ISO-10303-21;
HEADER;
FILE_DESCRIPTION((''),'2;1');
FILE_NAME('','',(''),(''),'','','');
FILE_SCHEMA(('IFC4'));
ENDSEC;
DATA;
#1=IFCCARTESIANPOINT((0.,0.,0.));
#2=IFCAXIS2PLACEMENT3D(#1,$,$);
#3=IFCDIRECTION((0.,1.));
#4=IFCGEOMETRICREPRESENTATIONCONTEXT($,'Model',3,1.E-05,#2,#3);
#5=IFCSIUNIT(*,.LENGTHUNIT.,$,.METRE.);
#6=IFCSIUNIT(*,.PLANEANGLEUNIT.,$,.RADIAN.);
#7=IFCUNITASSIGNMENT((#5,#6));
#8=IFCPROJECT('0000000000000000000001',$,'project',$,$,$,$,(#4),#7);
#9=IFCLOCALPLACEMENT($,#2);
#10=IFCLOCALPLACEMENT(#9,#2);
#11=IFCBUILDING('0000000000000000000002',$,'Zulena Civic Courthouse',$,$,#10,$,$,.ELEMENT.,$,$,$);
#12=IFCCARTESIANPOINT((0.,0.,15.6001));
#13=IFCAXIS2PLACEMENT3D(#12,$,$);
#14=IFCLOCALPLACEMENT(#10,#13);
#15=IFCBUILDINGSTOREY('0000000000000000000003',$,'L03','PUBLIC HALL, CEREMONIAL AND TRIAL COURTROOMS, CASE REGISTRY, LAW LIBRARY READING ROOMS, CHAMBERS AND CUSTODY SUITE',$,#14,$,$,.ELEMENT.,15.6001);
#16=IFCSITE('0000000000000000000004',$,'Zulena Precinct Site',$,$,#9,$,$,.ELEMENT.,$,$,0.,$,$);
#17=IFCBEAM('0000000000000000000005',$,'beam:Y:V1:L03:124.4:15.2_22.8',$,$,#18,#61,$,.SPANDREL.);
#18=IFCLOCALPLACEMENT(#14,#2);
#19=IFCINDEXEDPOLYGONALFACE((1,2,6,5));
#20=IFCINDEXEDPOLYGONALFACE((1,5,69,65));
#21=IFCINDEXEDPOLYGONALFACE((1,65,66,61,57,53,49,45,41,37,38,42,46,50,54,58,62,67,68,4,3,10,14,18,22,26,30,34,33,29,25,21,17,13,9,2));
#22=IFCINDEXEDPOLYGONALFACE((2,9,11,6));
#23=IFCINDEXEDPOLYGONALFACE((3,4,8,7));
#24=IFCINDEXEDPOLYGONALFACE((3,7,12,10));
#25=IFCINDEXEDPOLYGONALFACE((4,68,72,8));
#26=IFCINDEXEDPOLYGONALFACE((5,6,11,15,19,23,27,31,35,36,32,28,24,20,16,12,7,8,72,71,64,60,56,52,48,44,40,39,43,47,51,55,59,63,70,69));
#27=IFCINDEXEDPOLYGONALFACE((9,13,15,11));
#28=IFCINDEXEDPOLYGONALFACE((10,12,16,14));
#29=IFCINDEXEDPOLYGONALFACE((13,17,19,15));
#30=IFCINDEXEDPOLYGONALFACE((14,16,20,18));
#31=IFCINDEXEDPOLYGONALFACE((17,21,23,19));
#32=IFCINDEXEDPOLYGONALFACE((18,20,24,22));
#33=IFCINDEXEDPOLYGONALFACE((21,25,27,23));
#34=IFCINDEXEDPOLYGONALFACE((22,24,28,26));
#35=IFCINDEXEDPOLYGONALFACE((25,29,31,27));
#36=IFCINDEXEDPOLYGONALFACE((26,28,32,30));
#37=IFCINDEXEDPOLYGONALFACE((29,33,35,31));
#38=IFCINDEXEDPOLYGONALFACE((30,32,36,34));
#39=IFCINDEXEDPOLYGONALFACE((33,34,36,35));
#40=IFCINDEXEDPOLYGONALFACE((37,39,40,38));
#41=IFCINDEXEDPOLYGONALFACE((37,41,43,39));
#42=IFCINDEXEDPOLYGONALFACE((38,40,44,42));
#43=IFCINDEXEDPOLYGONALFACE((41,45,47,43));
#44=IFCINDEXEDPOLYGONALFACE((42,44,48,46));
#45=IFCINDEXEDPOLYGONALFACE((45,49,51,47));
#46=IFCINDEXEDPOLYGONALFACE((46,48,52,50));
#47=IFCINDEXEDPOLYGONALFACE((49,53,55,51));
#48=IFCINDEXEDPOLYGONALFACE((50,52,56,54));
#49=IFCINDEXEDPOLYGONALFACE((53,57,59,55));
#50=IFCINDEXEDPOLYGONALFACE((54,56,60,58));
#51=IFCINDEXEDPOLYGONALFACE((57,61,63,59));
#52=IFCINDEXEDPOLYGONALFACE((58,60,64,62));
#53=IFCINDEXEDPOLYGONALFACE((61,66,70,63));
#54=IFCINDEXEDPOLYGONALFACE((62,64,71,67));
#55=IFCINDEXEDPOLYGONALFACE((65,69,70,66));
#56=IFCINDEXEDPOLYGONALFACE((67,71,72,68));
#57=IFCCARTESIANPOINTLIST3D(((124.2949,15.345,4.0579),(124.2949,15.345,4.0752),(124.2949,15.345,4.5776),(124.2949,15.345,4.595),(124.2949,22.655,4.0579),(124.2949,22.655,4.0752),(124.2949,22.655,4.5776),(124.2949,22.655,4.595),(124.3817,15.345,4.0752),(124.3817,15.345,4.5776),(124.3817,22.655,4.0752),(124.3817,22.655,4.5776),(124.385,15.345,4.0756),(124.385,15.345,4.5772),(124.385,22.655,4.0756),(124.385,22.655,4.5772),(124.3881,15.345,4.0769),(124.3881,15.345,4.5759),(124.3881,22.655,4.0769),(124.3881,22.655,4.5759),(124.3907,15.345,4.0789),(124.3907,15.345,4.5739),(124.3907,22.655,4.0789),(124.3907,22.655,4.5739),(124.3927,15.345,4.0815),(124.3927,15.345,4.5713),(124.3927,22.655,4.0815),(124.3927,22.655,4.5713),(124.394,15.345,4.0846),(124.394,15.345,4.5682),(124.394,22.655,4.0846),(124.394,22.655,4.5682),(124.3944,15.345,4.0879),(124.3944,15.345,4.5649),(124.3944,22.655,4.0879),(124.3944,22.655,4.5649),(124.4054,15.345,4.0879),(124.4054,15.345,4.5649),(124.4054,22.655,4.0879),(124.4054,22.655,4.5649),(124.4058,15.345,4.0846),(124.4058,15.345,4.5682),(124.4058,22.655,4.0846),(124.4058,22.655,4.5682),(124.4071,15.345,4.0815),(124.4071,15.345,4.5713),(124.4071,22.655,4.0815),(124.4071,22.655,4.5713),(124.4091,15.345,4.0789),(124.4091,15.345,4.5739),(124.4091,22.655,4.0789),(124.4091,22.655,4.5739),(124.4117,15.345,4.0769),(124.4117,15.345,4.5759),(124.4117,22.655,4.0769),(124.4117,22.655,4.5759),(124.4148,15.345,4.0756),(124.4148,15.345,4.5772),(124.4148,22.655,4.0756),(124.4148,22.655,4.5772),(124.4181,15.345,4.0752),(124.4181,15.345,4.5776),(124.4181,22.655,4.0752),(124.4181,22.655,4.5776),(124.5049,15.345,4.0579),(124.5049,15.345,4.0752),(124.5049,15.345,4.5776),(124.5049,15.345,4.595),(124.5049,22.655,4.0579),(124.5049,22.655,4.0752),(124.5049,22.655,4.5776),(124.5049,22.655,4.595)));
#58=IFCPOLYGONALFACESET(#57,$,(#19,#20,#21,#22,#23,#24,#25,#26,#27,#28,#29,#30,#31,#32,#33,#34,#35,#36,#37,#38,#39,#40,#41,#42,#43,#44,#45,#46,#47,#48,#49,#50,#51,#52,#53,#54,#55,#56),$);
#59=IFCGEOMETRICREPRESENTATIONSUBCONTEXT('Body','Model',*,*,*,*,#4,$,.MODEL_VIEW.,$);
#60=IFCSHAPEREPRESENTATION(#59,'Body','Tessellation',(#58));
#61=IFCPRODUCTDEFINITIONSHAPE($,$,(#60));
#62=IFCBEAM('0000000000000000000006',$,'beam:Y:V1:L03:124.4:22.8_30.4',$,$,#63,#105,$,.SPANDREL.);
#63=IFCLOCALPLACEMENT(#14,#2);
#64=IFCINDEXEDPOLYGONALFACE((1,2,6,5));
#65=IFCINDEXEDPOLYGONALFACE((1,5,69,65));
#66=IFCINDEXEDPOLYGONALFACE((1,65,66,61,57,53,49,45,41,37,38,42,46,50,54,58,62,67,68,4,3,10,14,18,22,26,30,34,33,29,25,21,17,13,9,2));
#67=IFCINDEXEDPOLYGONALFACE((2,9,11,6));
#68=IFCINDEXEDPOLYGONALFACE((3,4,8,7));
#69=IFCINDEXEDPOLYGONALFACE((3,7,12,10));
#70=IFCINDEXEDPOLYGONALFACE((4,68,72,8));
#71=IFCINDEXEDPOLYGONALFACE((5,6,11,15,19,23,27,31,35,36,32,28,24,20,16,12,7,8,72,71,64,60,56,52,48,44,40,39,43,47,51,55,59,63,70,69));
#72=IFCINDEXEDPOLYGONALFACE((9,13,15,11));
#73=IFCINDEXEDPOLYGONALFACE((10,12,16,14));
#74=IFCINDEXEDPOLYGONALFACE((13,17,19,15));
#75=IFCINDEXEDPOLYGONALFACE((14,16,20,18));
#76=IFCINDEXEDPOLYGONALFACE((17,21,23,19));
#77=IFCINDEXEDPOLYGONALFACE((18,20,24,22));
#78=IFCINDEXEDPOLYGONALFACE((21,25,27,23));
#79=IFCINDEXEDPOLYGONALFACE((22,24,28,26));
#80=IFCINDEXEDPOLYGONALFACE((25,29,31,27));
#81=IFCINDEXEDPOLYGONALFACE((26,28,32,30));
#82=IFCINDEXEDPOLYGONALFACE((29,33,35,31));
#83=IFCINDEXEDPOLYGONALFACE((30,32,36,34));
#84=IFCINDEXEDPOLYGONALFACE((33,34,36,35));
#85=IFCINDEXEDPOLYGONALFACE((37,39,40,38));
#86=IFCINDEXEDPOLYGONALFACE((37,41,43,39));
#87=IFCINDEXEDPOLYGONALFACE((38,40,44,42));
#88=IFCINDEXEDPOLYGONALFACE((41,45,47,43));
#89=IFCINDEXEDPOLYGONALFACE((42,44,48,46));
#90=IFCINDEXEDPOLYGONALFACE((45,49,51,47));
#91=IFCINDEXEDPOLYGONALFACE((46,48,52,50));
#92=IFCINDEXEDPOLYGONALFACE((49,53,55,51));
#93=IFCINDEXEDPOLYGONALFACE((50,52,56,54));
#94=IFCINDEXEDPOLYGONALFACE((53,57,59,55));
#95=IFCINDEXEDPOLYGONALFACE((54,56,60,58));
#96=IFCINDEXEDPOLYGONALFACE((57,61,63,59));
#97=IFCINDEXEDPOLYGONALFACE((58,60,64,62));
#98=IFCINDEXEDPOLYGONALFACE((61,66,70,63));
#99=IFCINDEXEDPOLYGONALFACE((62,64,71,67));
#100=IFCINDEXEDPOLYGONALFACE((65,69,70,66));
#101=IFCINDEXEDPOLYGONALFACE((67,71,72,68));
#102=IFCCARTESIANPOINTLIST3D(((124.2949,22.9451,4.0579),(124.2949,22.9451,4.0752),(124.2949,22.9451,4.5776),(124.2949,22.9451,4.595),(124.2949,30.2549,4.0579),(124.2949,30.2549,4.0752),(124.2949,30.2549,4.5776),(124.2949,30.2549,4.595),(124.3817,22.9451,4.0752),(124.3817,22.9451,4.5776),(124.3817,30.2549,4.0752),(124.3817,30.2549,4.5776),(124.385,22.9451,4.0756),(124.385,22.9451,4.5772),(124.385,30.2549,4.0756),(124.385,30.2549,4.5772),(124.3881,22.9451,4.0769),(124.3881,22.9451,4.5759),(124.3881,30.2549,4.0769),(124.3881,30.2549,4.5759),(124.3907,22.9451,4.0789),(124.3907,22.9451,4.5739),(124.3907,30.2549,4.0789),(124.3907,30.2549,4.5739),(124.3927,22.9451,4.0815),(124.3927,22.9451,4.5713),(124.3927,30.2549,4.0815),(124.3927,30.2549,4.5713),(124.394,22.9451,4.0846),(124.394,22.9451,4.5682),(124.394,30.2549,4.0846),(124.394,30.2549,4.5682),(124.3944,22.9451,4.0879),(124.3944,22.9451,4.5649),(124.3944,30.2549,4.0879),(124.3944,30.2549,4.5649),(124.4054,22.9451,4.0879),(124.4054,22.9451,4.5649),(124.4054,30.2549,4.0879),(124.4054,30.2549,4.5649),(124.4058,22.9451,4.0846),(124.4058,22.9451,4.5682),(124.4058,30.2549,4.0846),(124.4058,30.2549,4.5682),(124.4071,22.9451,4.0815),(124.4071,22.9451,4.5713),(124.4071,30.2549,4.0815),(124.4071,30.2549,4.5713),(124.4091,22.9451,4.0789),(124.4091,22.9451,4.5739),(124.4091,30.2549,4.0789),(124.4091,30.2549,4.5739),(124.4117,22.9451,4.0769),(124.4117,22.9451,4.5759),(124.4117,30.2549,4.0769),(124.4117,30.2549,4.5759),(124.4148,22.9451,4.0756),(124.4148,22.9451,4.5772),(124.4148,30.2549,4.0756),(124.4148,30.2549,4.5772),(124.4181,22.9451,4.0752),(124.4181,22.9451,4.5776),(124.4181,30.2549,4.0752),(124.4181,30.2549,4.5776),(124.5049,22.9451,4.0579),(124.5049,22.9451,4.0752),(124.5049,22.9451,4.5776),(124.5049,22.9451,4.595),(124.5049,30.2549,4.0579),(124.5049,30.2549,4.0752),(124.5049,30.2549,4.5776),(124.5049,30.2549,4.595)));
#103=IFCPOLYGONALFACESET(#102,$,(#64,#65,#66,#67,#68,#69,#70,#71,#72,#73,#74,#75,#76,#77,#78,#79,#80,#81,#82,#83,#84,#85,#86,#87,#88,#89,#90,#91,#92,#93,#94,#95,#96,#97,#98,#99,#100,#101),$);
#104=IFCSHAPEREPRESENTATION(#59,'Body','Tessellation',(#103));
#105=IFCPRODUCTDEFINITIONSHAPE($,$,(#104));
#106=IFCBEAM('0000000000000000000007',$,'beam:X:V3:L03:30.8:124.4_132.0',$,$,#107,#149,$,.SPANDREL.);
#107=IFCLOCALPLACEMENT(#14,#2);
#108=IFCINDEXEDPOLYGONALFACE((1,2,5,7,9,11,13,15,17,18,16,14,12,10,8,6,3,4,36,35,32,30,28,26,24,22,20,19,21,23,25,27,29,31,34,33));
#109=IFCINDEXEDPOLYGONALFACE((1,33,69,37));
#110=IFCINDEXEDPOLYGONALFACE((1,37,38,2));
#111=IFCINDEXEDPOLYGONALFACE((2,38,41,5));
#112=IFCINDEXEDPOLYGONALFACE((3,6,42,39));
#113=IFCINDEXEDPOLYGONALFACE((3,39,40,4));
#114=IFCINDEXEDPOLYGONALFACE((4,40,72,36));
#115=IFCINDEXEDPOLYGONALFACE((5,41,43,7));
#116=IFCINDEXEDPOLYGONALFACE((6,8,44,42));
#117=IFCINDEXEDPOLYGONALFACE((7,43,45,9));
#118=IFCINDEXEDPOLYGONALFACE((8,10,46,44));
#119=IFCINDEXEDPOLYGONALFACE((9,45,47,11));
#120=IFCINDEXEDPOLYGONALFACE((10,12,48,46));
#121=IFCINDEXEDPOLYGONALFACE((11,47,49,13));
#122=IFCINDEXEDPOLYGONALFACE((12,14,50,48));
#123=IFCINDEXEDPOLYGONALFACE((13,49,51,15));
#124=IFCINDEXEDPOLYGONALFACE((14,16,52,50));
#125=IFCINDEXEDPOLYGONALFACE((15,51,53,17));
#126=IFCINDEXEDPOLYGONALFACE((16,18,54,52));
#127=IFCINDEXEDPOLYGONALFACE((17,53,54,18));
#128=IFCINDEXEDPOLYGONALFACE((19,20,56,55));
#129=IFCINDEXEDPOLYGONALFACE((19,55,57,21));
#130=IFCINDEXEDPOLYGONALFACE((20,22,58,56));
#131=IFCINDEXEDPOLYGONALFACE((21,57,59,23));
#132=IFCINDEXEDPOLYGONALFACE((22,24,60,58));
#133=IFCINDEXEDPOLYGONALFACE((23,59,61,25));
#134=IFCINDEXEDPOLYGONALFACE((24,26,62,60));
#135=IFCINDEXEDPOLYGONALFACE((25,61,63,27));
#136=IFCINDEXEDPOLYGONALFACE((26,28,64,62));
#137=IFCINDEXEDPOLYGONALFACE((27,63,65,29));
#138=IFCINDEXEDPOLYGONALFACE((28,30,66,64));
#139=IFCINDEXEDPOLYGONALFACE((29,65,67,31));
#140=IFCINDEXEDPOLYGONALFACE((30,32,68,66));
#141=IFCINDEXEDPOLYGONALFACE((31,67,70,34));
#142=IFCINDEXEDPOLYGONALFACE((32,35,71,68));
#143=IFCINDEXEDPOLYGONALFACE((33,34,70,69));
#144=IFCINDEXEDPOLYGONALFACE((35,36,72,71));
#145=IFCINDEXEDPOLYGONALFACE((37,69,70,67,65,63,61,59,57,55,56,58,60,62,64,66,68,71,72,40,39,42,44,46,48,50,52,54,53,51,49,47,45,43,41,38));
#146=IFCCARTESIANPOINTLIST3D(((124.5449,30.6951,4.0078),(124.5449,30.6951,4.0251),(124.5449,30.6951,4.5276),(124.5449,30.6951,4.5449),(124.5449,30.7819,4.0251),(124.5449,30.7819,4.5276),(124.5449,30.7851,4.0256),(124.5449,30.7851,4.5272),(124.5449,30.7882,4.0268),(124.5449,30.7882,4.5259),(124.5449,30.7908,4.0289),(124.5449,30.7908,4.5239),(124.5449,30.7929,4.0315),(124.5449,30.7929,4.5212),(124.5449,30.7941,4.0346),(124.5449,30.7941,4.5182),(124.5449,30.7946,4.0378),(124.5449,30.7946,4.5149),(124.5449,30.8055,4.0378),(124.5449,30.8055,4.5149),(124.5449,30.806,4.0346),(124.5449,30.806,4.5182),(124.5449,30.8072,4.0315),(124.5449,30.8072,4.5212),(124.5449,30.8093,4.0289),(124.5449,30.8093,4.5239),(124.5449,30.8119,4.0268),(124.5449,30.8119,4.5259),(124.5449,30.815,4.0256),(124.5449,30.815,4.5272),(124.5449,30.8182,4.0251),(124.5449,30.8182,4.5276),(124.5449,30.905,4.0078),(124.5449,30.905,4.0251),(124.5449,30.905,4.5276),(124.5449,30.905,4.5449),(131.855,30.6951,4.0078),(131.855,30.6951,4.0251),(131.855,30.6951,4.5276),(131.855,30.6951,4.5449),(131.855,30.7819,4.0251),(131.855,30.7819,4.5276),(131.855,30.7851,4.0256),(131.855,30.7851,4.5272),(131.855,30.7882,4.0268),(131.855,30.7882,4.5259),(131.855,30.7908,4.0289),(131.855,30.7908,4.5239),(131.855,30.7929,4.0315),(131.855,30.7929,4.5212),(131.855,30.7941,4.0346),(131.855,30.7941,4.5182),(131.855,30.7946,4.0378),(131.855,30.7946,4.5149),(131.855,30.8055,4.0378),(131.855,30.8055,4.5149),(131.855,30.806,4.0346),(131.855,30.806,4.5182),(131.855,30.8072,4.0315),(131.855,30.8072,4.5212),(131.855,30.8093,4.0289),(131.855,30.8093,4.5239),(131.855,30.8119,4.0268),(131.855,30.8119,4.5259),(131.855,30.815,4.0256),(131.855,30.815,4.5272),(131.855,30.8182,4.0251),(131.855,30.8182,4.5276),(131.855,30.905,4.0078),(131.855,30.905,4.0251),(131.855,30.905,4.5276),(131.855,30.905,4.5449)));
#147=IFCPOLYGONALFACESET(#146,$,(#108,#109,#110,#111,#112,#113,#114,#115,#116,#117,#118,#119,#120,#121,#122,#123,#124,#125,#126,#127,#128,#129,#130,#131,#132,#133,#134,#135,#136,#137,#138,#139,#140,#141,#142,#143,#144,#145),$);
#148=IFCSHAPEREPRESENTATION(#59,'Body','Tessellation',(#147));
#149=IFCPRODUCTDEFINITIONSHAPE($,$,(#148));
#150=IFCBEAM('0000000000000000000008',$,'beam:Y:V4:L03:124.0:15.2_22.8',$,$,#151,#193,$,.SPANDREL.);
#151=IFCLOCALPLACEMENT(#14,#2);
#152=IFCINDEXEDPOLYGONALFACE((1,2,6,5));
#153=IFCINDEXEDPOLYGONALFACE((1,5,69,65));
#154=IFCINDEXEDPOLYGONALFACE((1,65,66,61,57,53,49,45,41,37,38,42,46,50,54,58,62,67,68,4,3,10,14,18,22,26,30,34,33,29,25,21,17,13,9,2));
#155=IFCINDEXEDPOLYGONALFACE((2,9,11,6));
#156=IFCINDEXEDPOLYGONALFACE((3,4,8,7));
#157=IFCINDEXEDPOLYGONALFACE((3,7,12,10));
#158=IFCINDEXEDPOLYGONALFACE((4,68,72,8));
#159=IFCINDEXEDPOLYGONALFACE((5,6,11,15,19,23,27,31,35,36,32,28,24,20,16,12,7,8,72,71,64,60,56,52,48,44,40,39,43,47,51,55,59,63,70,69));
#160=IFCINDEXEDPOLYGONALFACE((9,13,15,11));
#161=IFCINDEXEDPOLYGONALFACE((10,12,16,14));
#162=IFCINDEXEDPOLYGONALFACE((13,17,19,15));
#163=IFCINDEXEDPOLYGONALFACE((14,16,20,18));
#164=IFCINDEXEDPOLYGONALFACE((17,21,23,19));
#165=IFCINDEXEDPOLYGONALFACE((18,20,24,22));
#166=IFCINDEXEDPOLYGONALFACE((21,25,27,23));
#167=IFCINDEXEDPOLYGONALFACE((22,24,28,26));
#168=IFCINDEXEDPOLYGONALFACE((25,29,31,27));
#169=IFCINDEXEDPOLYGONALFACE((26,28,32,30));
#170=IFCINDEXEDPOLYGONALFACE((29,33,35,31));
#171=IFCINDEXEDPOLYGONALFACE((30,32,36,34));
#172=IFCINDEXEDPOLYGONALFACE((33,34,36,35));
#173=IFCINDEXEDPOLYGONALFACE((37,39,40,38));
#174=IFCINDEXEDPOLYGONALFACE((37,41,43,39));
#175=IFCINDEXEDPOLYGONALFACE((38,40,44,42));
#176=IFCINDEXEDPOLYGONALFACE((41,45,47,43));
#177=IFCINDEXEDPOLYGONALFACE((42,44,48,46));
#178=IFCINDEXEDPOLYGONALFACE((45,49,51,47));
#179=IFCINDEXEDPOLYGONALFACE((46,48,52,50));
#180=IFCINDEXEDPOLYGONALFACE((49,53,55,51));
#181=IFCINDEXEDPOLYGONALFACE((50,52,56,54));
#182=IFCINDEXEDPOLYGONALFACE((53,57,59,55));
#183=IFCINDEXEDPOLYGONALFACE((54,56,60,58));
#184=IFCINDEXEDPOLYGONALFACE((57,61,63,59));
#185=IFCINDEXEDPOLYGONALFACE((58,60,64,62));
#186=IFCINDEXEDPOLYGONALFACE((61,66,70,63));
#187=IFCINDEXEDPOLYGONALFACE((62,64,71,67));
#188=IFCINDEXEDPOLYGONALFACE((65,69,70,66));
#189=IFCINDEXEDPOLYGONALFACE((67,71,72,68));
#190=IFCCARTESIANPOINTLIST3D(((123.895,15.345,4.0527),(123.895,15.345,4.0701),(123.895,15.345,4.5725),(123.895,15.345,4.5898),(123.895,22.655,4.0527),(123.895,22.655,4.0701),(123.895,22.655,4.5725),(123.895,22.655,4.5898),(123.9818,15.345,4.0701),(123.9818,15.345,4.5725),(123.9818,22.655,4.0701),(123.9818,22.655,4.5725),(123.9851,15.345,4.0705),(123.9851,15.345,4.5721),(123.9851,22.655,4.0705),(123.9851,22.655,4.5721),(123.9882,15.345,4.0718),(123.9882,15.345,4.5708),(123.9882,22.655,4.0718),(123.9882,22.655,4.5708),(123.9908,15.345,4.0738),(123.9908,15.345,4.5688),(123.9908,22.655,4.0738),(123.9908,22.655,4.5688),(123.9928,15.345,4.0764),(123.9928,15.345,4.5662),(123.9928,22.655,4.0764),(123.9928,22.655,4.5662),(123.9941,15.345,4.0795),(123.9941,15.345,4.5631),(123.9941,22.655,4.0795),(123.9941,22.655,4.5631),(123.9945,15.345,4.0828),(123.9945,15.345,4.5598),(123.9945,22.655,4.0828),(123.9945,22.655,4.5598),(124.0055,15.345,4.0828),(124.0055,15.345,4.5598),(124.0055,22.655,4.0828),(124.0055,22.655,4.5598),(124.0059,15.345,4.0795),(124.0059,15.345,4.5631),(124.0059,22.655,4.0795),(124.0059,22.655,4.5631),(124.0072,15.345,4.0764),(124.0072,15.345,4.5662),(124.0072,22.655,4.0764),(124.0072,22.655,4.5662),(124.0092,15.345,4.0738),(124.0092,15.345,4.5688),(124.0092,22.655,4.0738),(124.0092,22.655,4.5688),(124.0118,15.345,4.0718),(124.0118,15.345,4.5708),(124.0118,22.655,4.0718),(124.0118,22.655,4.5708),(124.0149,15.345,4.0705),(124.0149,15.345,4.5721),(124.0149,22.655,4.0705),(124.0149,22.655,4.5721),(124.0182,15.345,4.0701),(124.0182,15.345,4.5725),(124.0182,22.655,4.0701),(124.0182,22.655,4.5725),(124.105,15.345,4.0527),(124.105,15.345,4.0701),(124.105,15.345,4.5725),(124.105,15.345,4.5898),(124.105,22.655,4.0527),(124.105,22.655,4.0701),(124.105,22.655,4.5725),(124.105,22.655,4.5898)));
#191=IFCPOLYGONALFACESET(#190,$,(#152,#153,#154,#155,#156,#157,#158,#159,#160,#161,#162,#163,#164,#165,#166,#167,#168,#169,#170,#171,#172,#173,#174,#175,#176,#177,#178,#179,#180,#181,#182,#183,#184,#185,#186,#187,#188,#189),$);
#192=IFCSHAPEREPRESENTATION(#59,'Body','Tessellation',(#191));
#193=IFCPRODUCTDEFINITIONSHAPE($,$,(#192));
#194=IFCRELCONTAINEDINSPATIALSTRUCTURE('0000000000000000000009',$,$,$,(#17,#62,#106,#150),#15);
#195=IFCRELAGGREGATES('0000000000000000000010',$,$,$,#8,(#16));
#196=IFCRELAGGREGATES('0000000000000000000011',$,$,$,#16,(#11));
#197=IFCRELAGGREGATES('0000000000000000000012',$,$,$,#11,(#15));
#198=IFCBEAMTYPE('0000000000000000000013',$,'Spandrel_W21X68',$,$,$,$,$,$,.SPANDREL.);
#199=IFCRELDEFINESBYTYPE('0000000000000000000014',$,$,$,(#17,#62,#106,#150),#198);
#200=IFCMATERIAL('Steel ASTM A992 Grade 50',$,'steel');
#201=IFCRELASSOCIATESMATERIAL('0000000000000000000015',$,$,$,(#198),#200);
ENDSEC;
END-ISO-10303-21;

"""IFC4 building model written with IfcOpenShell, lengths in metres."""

from ifc_helpers import new_model, si_unit, direction, frame, origin, origin_2d, place, context, subcontext, project, spatial, i_section, extrude, material, material_profile, profile_set, type_object, element, save


model = new_model("IFC4")

# Units and contexts
model_context = context("Model", 3, precision=1e-05, world=origin(), true_north=direction((0.0, 1.0)))
body_context = subcontext(model_context, "Body", "Model", "MODEL_VIEW")
ifc_project = project(units=[si_unit("LENGTHUNIT", "METRE"), si_unit("PLANEANGLEUNIT", "RADIAN")], contexts=[model_context])

# Site, building, storey
site_placement = place(None, origin())
site = spatial("IfcSite", under=ifc_project, at=site_placement, Name="Zulena Precinct Site", CompositionType="ELEMENT", RefElevation=0.0)
building_placement = place(site_placement, origin())
building = spatial("IfcBuilding", under=site, at=building_placement, Name="Zulena Civic Courthouse", CompositionType="ELEMENT")
storey_placement = place(building_placement, frame((0.0, 0.0, 15.6001)))
storey = spatial("IfcBuildingStorey", under=building, at=storey_placement, Name="L03", Description="PUBLIC HALL, CEREMONIAL AND TRIAL COURTROOMS, CASE REGISTRY, LAW LIBRARY READING ROOMS, CHAMBERS AND CUSTODY SUITE", CompositionType="ELEMENT", Elevation=15.6001)

# Shared definitions
ifc_material_1 = material(Name="Steel ASTM A992 Grade 50", Category="steel")

# Beams
ifc_material_profile_1 = material_profile(ifc_material_1, i_section(OverallWidth=0.21, OverallDepth=0.5371, WebThickness=0.011, FlangeThickness=0.0173, FilletRadius=0.0127, at=origin_2d()), Name="W21X68")
ifc_profile_set_1 = profile_set([ifc_material_profile_1], Name="Steel ASTM A992 Grade 50")
beam_type = type_object("IfcBeamType", Name="Spandrel_W21X68", PredefinedType="SPANDREL", material=ifc_profile_set_1)
for number, where, z_axis, x_axis, name in (
    (1, (124.3999, 15.345, 4.3264), (0.0, 1.0, 0.0), (-1.0, 0.0, 0.0), "beam:Y:V1:L03:124.4:15.2_22.8"),
):
    element("IfcBeam", number, at=place(storey_placement, frame(where, z_axis=z_axis, x_axis=x_axis)), inside=storey, type_object=beam_type, Name=name, PredefinedType="SPANDREL", context=body_context, shape_type="SweptSolid", body=[
        extrude(i_section(OverallWidth=0.21, OverallDepth=0.5371, WebThickness=0.011, FlangeThickness=0.0173, FilletRadius=0.0127, at=origin_2d()), origin(), (0.0, 0.0, 1.0), 7.3101),
    ])
beam_1_placement = place(storey_placement, frame((124.3999, 22.9451, 4.3264), z_axis=(0.0, 1.0, 0.0), x_axis=(-1.0, 0.0, 0.0)))
element("IfcBeam", 2, at=beam_1_placement, inside=storey, type_object=beam_type, Name="beam:Y:V1:L03:124.4:22.8_30.4", PredefinedType="SPANDREL", context=body_context, shape_type="SweptSolid", body=[
    extrude(i_section(OverallWidth=0.21, OverallDepth=0.5371, WebThickness=0.011, FlangeThickness=0.0173, FilletRadius=0.0127, at=origin_2d()), origin(), (0.0, 0.0, 1.0), 7.3098),
])
for number, where, z_axis, x_axis, name in (
    (3, (124.5449, 30.8, 4.2764), (1.0, 0.0, 0.0), (0.0, 1.0, 0.0), "beam:X:V3:L03:30.8:124.4_132.0"),
    (4, (124.0, 15.345, 4.3213), (0.0, 1.0, 0.0), (-1.0, 0.0, 0.0), "beam:Y:V4:L03:124.0:15.2_22.8"),
):
    element("IfcBeam", number, at=place(storey_placement, frame(where, z_axis=z_axis, x_axis=x_axis)), inside=storey, type_object=beam_type, Name=name, PredefinedType="SPANDREL", context=body_context, shape_type="SweptSolid", body=[
        extrude(i_section(OverallWidth=0.21, OverallDepth=0.5371, WebThickness=0.011, FlangeThickness=0.0173, FilletRadius=0.0127, at=origin_2d()), origin(), (0.0, 0.0, 1.0), 7.3101),
    ])

save(model, "model.ifc")
